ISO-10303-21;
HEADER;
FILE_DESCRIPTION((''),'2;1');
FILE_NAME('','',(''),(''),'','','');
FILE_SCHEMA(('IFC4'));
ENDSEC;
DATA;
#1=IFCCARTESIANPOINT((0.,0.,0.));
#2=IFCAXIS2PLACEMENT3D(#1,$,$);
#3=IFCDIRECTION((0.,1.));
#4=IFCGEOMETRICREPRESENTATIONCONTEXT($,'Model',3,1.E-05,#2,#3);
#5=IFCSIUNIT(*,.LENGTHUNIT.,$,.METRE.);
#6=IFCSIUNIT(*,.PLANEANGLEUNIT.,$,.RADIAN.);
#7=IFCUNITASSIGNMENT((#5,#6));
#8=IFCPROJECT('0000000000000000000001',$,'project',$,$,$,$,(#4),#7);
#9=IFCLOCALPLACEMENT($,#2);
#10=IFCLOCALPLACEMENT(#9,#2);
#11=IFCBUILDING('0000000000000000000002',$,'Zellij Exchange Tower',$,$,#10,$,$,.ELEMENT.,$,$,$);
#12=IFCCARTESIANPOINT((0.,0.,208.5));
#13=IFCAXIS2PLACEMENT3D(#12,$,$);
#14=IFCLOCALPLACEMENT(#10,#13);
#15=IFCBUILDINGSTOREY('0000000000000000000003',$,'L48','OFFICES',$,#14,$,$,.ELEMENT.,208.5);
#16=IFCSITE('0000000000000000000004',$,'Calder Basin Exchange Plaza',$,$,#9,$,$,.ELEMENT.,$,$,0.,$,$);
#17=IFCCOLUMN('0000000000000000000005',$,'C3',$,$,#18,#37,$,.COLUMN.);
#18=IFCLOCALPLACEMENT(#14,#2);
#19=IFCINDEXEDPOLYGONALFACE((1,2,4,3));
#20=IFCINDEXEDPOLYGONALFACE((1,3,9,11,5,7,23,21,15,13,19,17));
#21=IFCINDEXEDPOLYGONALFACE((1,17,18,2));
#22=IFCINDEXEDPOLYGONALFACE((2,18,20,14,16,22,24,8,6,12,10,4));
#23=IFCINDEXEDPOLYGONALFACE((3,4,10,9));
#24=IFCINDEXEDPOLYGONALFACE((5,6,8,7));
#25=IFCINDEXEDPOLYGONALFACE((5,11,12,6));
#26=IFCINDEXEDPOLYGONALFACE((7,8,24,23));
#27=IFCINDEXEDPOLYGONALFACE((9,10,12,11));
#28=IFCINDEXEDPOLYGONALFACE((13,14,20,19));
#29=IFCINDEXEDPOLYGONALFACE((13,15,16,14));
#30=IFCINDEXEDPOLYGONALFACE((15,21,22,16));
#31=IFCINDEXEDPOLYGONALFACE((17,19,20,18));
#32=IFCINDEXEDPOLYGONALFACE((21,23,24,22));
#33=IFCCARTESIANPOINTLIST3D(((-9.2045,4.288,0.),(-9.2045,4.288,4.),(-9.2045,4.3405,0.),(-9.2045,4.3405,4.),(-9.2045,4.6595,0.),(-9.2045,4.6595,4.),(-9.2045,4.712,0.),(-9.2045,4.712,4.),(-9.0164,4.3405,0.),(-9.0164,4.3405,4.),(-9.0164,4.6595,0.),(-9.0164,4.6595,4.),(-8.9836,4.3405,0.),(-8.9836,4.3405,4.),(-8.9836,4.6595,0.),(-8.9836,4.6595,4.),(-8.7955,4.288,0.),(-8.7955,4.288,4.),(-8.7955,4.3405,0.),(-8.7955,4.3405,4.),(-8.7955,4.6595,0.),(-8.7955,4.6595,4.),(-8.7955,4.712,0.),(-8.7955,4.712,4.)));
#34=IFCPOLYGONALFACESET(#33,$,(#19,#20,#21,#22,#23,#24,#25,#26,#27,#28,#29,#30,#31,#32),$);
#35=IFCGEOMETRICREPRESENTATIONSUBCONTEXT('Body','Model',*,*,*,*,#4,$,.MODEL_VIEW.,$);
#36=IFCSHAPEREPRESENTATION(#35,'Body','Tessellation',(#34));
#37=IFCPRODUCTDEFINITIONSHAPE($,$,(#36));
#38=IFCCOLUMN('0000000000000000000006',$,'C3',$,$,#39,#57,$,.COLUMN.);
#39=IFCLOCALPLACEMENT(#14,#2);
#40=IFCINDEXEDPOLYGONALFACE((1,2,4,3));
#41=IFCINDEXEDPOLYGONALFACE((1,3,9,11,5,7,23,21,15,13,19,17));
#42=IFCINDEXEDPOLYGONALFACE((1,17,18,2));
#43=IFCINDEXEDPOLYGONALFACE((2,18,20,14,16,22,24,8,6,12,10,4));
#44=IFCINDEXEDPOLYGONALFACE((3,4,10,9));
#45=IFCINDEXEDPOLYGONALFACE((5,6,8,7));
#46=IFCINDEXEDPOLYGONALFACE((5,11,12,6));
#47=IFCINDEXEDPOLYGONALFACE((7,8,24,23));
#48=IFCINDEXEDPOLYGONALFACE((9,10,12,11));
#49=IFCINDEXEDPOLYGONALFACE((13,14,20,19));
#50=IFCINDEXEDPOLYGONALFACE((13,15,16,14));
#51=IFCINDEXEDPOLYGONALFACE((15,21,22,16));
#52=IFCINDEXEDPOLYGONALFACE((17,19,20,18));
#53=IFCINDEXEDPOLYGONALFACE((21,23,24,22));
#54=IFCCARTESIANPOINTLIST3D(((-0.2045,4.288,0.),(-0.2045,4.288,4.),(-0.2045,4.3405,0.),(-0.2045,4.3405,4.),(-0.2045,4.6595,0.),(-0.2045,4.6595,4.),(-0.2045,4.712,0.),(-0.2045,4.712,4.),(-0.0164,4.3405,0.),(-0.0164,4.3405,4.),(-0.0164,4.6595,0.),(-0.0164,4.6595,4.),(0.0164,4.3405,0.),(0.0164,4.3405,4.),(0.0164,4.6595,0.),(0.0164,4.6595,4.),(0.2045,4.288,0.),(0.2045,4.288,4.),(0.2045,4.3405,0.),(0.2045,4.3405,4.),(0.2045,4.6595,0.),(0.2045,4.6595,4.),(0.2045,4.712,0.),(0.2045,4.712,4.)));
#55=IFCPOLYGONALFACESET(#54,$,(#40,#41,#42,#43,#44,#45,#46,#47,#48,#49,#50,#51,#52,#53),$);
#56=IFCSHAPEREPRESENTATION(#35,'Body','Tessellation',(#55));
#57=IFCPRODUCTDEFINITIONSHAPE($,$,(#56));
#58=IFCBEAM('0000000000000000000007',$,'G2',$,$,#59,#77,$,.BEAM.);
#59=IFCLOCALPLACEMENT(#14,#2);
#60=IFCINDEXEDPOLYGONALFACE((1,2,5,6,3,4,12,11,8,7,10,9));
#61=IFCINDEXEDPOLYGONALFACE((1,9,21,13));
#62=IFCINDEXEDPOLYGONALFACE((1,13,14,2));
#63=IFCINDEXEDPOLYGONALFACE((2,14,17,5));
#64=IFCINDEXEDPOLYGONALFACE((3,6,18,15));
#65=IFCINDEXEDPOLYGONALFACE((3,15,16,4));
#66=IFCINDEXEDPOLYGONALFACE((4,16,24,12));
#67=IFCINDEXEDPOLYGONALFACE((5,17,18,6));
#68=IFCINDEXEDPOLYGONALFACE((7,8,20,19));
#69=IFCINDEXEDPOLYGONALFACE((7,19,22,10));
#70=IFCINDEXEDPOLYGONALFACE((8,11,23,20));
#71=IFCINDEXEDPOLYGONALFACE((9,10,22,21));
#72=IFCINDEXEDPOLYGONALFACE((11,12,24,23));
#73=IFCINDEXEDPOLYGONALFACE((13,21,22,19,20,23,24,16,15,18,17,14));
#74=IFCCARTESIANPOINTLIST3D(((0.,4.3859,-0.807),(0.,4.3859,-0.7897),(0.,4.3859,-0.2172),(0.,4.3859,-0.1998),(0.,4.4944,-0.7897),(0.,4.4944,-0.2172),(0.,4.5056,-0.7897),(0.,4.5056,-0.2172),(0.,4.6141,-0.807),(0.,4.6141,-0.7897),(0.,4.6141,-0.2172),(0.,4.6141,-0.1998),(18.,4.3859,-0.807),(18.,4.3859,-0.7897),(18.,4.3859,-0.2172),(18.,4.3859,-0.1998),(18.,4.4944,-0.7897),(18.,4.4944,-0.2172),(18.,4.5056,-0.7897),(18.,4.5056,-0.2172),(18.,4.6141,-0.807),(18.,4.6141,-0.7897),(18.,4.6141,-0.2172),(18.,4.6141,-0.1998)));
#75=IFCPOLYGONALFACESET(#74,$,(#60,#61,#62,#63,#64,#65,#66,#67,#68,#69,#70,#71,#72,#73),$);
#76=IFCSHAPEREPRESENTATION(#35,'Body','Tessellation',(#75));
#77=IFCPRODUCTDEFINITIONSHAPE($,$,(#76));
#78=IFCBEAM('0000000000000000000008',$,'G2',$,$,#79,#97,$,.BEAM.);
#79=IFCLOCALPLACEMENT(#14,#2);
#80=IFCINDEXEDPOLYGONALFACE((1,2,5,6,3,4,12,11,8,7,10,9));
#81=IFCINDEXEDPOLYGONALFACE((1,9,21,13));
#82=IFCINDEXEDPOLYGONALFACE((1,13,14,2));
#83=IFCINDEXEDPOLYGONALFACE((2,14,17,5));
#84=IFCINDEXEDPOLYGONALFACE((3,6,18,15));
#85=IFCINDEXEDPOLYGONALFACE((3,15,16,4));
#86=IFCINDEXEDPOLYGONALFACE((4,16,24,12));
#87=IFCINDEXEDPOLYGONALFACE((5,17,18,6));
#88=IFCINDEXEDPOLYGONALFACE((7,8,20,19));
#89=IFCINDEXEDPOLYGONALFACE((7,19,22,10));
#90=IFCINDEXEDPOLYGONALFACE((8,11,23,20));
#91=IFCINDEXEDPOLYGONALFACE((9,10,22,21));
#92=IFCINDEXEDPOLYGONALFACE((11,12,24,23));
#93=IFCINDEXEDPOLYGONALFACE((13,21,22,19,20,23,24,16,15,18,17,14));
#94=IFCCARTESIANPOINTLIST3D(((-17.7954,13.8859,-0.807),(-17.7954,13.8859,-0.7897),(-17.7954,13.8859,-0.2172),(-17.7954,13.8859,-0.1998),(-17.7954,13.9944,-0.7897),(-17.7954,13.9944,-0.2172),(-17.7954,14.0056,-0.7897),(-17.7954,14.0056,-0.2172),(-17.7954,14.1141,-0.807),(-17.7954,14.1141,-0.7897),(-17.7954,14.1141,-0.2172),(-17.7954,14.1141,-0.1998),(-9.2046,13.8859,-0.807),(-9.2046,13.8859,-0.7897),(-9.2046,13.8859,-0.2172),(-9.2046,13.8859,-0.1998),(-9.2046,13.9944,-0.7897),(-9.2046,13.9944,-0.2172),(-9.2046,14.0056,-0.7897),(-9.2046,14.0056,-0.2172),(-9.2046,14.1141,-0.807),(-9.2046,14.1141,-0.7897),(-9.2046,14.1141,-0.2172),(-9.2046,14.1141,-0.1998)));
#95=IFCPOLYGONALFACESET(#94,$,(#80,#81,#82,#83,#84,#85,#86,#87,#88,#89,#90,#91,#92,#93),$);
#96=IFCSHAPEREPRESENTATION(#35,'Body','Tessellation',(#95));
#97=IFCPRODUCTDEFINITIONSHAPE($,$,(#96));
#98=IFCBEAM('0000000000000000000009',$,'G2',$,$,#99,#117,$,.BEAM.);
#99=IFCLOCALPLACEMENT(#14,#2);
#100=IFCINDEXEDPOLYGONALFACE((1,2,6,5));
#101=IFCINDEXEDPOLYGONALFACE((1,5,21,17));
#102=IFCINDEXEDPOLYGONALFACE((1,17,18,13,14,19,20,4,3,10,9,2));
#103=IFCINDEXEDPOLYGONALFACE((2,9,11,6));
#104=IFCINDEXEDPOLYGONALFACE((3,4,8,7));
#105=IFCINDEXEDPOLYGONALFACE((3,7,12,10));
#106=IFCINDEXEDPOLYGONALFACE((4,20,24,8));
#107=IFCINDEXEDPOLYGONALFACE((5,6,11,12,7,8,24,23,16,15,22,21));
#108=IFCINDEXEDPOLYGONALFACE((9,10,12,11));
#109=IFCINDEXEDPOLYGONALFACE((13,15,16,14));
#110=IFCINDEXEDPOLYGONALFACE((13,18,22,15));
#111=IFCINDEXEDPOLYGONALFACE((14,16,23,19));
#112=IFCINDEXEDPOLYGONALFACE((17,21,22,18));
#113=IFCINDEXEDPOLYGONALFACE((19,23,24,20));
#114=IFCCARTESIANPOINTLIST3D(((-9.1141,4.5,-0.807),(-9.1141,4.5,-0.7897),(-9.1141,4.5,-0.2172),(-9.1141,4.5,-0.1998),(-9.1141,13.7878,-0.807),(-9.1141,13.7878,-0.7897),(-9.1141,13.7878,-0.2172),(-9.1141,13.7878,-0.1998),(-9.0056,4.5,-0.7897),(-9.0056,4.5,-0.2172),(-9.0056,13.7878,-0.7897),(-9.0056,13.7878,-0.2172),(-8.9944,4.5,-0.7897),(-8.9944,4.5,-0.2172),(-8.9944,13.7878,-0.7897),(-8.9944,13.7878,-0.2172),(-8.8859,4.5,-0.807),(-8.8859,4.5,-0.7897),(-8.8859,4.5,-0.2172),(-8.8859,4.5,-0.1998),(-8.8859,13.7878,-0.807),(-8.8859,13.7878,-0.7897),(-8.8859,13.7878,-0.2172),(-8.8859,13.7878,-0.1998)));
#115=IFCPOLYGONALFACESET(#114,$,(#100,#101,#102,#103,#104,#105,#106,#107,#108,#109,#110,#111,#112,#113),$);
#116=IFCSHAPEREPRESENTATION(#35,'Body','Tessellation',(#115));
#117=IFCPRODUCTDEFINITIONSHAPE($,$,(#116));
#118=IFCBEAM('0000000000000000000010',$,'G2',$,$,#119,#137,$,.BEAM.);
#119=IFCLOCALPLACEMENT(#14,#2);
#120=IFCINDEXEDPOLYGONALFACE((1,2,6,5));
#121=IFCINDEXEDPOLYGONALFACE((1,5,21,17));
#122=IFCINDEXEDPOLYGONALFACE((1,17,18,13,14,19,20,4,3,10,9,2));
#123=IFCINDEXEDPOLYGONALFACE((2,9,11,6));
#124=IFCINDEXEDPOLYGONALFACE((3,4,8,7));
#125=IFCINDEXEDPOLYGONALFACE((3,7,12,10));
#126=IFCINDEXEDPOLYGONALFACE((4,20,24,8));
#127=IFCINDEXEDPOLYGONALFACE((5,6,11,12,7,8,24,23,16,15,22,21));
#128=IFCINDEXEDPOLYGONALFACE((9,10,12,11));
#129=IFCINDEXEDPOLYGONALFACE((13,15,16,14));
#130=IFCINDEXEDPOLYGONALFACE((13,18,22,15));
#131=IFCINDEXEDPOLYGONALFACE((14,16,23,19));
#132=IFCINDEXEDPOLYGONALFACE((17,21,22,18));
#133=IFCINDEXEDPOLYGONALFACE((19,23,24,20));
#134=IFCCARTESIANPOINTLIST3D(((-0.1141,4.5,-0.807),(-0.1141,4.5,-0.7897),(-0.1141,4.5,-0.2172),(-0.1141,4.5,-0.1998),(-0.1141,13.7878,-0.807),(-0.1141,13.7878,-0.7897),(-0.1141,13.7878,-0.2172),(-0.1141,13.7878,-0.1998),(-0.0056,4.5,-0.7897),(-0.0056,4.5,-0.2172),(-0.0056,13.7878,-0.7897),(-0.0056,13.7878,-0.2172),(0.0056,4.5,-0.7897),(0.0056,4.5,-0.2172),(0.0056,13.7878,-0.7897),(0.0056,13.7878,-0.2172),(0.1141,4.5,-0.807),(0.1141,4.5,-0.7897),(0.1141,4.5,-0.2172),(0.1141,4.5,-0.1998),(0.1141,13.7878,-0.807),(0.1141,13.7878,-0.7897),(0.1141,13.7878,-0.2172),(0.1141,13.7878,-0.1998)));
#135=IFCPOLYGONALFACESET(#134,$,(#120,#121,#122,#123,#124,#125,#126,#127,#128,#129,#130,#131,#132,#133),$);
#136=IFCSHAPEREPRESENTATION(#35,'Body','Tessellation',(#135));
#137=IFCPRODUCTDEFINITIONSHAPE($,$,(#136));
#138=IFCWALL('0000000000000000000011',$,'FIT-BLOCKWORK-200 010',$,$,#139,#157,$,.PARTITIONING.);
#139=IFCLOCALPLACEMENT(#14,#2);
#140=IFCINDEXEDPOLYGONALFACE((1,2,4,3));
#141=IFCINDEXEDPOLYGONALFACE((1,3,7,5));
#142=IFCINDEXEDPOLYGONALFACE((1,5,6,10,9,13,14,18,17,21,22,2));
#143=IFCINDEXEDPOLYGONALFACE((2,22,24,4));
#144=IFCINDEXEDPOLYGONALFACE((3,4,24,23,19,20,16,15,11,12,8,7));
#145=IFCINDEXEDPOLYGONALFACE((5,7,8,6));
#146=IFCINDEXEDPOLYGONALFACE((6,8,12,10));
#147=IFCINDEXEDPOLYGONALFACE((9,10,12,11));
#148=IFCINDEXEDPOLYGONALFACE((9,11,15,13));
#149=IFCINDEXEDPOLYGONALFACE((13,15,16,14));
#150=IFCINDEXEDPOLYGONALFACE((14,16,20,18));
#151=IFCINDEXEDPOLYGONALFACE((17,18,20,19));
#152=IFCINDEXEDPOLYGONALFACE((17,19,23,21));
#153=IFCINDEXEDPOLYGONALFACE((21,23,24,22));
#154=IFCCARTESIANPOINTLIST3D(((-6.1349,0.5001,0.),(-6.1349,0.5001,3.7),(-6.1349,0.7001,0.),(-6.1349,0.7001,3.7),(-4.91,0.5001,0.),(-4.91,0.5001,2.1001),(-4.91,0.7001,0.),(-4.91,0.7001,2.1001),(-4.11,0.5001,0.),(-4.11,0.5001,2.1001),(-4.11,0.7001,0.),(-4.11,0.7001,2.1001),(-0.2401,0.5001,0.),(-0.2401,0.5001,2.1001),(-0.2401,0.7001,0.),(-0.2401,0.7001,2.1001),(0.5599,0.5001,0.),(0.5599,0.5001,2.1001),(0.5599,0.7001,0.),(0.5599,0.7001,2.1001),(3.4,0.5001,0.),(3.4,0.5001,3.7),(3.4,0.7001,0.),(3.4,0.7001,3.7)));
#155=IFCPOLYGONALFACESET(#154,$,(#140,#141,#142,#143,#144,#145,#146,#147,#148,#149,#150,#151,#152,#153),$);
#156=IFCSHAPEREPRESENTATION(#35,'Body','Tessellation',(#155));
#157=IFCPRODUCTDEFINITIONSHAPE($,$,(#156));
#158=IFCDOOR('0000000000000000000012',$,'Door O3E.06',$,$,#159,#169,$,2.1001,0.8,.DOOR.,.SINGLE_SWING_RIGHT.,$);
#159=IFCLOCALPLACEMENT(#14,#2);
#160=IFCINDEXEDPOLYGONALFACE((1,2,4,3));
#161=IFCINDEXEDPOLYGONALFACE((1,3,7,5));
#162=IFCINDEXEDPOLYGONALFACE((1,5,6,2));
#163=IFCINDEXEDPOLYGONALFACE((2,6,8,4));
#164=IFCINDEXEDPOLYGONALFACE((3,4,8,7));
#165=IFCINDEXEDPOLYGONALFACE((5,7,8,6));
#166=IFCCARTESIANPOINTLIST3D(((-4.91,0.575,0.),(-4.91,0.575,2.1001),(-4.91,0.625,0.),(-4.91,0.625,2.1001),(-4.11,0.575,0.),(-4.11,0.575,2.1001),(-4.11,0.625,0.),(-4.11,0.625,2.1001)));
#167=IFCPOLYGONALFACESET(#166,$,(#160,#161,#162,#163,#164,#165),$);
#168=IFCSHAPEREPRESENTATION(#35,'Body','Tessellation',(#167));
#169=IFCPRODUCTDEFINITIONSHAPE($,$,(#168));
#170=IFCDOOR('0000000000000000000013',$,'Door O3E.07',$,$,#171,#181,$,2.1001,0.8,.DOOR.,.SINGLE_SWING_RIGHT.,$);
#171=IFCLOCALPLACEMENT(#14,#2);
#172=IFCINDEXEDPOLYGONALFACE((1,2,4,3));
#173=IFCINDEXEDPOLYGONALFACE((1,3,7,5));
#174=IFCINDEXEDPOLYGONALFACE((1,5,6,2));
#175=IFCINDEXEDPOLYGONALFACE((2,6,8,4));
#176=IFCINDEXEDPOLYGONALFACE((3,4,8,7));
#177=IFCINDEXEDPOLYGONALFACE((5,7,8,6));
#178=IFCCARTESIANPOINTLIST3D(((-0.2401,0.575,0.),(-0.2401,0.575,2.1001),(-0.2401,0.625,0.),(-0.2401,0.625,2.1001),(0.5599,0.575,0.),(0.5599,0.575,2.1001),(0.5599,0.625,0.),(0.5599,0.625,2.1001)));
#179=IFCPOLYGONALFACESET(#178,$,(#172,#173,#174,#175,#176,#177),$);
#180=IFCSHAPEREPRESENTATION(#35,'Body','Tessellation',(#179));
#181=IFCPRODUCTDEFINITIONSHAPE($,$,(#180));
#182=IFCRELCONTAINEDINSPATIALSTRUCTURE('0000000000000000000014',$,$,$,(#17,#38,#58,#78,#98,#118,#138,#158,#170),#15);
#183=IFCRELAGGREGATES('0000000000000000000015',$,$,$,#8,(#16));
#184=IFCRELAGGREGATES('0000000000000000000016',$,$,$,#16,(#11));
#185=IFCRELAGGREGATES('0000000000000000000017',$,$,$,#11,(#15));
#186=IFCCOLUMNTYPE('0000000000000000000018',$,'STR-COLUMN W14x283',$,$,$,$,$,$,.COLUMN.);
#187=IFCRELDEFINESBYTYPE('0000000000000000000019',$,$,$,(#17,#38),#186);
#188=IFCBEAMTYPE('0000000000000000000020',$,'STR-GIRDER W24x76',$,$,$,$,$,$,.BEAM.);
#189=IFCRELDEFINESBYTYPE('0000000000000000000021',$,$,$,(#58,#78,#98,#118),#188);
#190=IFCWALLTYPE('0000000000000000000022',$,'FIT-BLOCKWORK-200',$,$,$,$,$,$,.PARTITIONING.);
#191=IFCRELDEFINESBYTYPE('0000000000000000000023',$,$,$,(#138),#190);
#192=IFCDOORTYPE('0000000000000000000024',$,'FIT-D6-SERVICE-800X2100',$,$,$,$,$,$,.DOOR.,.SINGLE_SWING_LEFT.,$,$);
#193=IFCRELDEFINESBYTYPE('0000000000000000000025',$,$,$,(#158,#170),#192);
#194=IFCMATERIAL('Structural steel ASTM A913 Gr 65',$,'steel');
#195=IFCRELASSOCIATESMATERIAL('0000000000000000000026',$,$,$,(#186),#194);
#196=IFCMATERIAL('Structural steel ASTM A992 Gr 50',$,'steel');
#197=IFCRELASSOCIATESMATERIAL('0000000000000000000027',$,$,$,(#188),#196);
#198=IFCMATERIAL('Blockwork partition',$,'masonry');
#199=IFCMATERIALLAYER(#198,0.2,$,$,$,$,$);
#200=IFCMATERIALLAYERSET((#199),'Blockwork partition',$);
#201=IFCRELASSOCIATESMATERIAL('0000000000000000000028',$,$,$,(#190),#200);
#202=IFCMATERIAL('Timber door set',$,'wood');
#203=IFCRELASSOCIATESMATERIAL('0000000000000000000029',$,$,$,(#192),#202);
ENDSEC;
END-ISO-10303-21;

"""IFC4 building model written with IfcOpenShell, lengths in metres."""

from ifc_helpers import new_model, si_unit, direction, frame, frame_2d, origin, origin_2d, place, context, subcontext, project, spatial, rectangle, i_section, extrude, material, layer, layer_set, material_profile, profile_set, type_object, element, fill, save


model = new_model("IFC4")

# Units and contexts
model_context = context("Model", 3, precision=1e-05, world=origin(), true_north=direction((0.0, 1.0)))
body_context = subcontext(model_context, "Body", "Model", "MODEL_VIEW")
ifc_project = project(units=[si_unit("LENGTHUNIT", "METRE"), si_unit("PLANEANGLEUNIT", "RADIAN")], contexts=[model_context])

# Site, building, storey
site_placement = place(None, origin())
site = spatial("IfcSite", under=ifc_project, at=site_placement, Name="Calder Basin Exchange Plaza", CompositionType="ELEMENT", RefElevation=0.0)
building_placement = place(site_placement, origin())
building = spatial("IfcBuilding", under=site, at=building_placement, Name="Zellij Exchange Tower", CompositionType="ELEMENT")
storey_placement = place(building_placement, frame((0.0, 0.0, 208.5)))
storey = spatial("IfcBuildingStorey", under=building, at=storey_placement, Name="L48", Description="OFFICES", CompositionType="ELEMENT", Elevation=208.5)

# Columns
ifc_material_1 = material(Name="Structural steel ASTM A913 Gr 65", Category="steel")
ifc_material_profile_1 = material_profile(ifc_material_1, i_section(OverallWidth=0.4089, OverallDepth=0.4241, WebThickness=0.0327, FlangeThickness=0.0525, at=origin_2d()), Name="W14x283")
ifc_profile_set_1 = profile_set([ifc_material_profile_1], Name="Structural steel ASTM A913 Gr 65")
column_type = type_object("IfcColumnType", Name="STR-COLUMN W14x283", PredefinedType="COLUMN", material=ifc_profile_set_1)
for number, where, z_axis, x_axis, name in (
    (1, (-9.0, 4.5, 0.0), (0.0, 0.0, 1.0), (1.0, 0.0, 0.0), "C3"),
    (2, (0.0, 4.5, 0.0), (0.0, 0.0, 1.0), (1.0, 0.0, 0.0), "C3"),
):
    element("IfcColumn", number, at=place(storey_placement, frame(where, z_axis=z_axis, x_axis=x_axis)), inside=storey, type_object=column_type, Name=name, PredefinedType="COLUMN", context=body_context, shape_type="SweptSolid", body=[
        extrude(i_section(OverallWidth=0.4089, OverallDepth=0.4241, WebThickness=0.0327, FlangeThickness=0.0525, at=origin_2d()), origin(), (0.0, 0.0, 1.0), 4.0),
    ])

# Beams
ifc_material_2 = material(Name="Structural steel ASTM A992 Gr 50", Category="steel")
ifc_material_profile_2 = material_profile(ifc_material_2, i_section(OverallWidth=0.2283, OverallDepth=0.6072, WebThickness=0.0112, FlangeThickness=0.0173, at=origin_2d()), Name="W24x76")
ifc_profile_set_2 = profile_set([ifc_material_profile_2], Name="Structural steel ASTM A992 Gr 50")
beam_type = type_object("IfcBeamType", Name="STR-GIRDER W24x76", PredefinedType="BEAM", material=ifc_profile_set_2)
beam_1_placement = place(storey_placement, frame((0.0, 4.5, -0.5034), z_axis=(1.0, 0.0, 0.0), x_axis=(0.0, 1.0, 0.0)))
element("IfcBeam", 3, at=beam_1_placement, inside=storey, type_object=beam_type, Name="G2", PredefinedType="BEAM", context=body_context, shape_type="SweptSolid", body=[
    extrude(i_section(OverallWidth=0.2283, OverallDepth=0.6072, WebThickness=0.0112, FlangeThickness=0.0173, at=origin_2d()), origin(), (0.0, 0.0, 1.0), 18.0),
])
beam_2_placement = place(storey_placement, frame((-17.7954, 14.0, -0.5034), z_axis=(1.0, 0.0, 0.0), x_axis=(0.0, 1.0, 0.0)))
element("IfcBeam", 4, at=beam_2_placement, inside=storey, type_object=beam_type, Name="G2", PredefinedType="BEAM", context=body_context, shape_type="SweptSolid", body=[
    extrude(i_section(OverallWidth=0.2283, OverallDepth=0.6072, WebThickness=0.0112, FlangeThickness=0.0173, at=origin_2d()), origin(), (0.0, 0.0, 1.0), 8.5908),
])
for number, where, z_axis, x_axis, name in (
    (5, (-9.0, 4.5, -0.5034), (0.0, 1.0, 0.0), (-1.0, 0.0, 0.0), "G2"),
    (6, (0.0, 4.5, -0.5034), (0.0, 1.0, 0.0), (-1.0, 0.0, 0.0), "G2"),
):
    element("IfcBeam", number, at=place(storey_placement, frame(where, z_axis=z_axis, x_axis=x_axis)), inside=storey, type_object=beam_type, Name=name, PredefinedType="BEAM", context=body_context, shape_type="SweptSolid", body=[
        extrude(i_section(OverallWidth=0.2283, OverallDepth=0.6072, WebThickness=0.0112, FlangeThickness=0.0173, at=origin_2d()), origin(), (0.0, 0.0, 1.0), 9.2878),
    ])

# Wall, openings, doors
ifc_material_3 = material(Name="Blockwork partition", Category="masonry")
ifc_layer_1 = layer(ifc_material_3, 0.2)
ifc_layer_set_1 = layer_set([ifc_layer_1], Name="Blockwork partition")
wall_type_1 = type_object("IfcWallType", Name="FIT-BLOCKWORK-200", PredefinedType="PARTITIONING", material=ifc_layer_set_1)
wall_1_placement = place(storey_placement, frame((-6.135, 0.6001, 0.0), z_axis=(0.0, 0.0, 1.0), x_axis=(1.0, 0.0, 0.0)))
wall_1 = element("IfcWall", 7, at=wall_1_placement, inside=storey, type_object=wall_type_1, Name="FIT-BLOCKWORK-200 010", PredefinedType="PARTITIONING", context=body_context, shape_type="SweptSolid", body=[
    extrude(rectangle(XDim=9.5349, YDim=0.2, at=frame_2d((4.7676, 0.0))), origin(), (0.0, 0.0, 1.0), 3.7),
])
opening_1_placement = place(wall_1_placement, frame((1.2251, 0.0, 0.0)))
opening_1 = element("IfcOpeningElement", 8, at=opening_1_placement, cuts=wall_1, PredefinedType="OPENING", context=body_context, shape_type="SweptSolid", body=[
    extrude(rectangle(XDim=0.8, YDim=2.1001, at=frame_2d((0.3999, 1.05))), frame((0.0, 0.1118, 0.0), z_axis=(0.0, -1.0, 0.0), x_axis=(1.0, 0.0, 0.0)), (0.0, 0.0, 1.0), 0.2239),
])
opening_2_placement = place(wall_1_placement, frame((5.895, 0.0, 0.0)))
opening_2 = element("IfcOpeningElement", 9, at=opening_2_placement, cuts=wall_1, PredefinedType="OPENING", context=body_context, shape_type="SweptSolid", body=[
    extrude(rectangle(XDim=0.8, YDim=2.1001, at=frame_2d((0.3999, 1.05))), frame((0.0, 0.1118, 0.0), z_axis=(0.0, -1.0, 0.0), x_axis=(1.0, 0.0, 0.0)), (0.0, 0.0, 1.0), 0.2239),
])
ifc_material_4 = material(Name="Timber door set", Category="wood")
door_type_1 = type_object("IfcDoorType", Name="FIT-D6-SERVICE-800X2100", OperationType="SINGLE_SWING_LEFT", PredefinedType="DOOR", material=ifc_material_4)
door_1_placement = place(opening_1_placement, origin())
door_1 = element("IfcDoor", 10, at=door_1_placement, inside=storey, type_object=door_type_1, Name="Door O3E.06", OperationType="SINGLE_SWING_RIGHT", OverallHeight=2.1001, OverallWidth=0.8, PredefinedType="DOOR", context=body_context, shape_type="SweptSolid", body=[
    extrude(rectangle(XDim=0.8, YDim=2.1001, at=frame_2d((0.3999, 1.05))), frame((0.0, 0.0249, 0.0), z_axis=(0.0, -1.0, 0.0), x_axis=(1.0, 0.0, 0.0)), (0.0, 0.0, 1.0), 0.05),
])
fill(opening_1, door_1)
door_2_placement = place(opening_2_placement, origin())
door_2 = element("IfcDoor", 11, at=door_2_placement, inside=storey, type_object=door_type_1, Name="Door O3E.07", OperationType="SINGLE_SWING_RIGHT", OverallHeight=2.1001, OverallWidth=0.8, PredefinedType="DOOR", context=body_context, shape_type="SweptSolid", body=[
    extrude(rectangle(XDim=0.8, YDim=2.1001, at=frame_2d((0.3999, 1.05))), frame((0.0, 0.0249, 0.0), z_axis=(0.0, -1.0, 0.0), x_axis=(1.0, 0.0, 0.0)), (0.0, 0.0, 1.0), 0.05),
])
fill(opening_2, door_2)

save(model, "model.ifc")
